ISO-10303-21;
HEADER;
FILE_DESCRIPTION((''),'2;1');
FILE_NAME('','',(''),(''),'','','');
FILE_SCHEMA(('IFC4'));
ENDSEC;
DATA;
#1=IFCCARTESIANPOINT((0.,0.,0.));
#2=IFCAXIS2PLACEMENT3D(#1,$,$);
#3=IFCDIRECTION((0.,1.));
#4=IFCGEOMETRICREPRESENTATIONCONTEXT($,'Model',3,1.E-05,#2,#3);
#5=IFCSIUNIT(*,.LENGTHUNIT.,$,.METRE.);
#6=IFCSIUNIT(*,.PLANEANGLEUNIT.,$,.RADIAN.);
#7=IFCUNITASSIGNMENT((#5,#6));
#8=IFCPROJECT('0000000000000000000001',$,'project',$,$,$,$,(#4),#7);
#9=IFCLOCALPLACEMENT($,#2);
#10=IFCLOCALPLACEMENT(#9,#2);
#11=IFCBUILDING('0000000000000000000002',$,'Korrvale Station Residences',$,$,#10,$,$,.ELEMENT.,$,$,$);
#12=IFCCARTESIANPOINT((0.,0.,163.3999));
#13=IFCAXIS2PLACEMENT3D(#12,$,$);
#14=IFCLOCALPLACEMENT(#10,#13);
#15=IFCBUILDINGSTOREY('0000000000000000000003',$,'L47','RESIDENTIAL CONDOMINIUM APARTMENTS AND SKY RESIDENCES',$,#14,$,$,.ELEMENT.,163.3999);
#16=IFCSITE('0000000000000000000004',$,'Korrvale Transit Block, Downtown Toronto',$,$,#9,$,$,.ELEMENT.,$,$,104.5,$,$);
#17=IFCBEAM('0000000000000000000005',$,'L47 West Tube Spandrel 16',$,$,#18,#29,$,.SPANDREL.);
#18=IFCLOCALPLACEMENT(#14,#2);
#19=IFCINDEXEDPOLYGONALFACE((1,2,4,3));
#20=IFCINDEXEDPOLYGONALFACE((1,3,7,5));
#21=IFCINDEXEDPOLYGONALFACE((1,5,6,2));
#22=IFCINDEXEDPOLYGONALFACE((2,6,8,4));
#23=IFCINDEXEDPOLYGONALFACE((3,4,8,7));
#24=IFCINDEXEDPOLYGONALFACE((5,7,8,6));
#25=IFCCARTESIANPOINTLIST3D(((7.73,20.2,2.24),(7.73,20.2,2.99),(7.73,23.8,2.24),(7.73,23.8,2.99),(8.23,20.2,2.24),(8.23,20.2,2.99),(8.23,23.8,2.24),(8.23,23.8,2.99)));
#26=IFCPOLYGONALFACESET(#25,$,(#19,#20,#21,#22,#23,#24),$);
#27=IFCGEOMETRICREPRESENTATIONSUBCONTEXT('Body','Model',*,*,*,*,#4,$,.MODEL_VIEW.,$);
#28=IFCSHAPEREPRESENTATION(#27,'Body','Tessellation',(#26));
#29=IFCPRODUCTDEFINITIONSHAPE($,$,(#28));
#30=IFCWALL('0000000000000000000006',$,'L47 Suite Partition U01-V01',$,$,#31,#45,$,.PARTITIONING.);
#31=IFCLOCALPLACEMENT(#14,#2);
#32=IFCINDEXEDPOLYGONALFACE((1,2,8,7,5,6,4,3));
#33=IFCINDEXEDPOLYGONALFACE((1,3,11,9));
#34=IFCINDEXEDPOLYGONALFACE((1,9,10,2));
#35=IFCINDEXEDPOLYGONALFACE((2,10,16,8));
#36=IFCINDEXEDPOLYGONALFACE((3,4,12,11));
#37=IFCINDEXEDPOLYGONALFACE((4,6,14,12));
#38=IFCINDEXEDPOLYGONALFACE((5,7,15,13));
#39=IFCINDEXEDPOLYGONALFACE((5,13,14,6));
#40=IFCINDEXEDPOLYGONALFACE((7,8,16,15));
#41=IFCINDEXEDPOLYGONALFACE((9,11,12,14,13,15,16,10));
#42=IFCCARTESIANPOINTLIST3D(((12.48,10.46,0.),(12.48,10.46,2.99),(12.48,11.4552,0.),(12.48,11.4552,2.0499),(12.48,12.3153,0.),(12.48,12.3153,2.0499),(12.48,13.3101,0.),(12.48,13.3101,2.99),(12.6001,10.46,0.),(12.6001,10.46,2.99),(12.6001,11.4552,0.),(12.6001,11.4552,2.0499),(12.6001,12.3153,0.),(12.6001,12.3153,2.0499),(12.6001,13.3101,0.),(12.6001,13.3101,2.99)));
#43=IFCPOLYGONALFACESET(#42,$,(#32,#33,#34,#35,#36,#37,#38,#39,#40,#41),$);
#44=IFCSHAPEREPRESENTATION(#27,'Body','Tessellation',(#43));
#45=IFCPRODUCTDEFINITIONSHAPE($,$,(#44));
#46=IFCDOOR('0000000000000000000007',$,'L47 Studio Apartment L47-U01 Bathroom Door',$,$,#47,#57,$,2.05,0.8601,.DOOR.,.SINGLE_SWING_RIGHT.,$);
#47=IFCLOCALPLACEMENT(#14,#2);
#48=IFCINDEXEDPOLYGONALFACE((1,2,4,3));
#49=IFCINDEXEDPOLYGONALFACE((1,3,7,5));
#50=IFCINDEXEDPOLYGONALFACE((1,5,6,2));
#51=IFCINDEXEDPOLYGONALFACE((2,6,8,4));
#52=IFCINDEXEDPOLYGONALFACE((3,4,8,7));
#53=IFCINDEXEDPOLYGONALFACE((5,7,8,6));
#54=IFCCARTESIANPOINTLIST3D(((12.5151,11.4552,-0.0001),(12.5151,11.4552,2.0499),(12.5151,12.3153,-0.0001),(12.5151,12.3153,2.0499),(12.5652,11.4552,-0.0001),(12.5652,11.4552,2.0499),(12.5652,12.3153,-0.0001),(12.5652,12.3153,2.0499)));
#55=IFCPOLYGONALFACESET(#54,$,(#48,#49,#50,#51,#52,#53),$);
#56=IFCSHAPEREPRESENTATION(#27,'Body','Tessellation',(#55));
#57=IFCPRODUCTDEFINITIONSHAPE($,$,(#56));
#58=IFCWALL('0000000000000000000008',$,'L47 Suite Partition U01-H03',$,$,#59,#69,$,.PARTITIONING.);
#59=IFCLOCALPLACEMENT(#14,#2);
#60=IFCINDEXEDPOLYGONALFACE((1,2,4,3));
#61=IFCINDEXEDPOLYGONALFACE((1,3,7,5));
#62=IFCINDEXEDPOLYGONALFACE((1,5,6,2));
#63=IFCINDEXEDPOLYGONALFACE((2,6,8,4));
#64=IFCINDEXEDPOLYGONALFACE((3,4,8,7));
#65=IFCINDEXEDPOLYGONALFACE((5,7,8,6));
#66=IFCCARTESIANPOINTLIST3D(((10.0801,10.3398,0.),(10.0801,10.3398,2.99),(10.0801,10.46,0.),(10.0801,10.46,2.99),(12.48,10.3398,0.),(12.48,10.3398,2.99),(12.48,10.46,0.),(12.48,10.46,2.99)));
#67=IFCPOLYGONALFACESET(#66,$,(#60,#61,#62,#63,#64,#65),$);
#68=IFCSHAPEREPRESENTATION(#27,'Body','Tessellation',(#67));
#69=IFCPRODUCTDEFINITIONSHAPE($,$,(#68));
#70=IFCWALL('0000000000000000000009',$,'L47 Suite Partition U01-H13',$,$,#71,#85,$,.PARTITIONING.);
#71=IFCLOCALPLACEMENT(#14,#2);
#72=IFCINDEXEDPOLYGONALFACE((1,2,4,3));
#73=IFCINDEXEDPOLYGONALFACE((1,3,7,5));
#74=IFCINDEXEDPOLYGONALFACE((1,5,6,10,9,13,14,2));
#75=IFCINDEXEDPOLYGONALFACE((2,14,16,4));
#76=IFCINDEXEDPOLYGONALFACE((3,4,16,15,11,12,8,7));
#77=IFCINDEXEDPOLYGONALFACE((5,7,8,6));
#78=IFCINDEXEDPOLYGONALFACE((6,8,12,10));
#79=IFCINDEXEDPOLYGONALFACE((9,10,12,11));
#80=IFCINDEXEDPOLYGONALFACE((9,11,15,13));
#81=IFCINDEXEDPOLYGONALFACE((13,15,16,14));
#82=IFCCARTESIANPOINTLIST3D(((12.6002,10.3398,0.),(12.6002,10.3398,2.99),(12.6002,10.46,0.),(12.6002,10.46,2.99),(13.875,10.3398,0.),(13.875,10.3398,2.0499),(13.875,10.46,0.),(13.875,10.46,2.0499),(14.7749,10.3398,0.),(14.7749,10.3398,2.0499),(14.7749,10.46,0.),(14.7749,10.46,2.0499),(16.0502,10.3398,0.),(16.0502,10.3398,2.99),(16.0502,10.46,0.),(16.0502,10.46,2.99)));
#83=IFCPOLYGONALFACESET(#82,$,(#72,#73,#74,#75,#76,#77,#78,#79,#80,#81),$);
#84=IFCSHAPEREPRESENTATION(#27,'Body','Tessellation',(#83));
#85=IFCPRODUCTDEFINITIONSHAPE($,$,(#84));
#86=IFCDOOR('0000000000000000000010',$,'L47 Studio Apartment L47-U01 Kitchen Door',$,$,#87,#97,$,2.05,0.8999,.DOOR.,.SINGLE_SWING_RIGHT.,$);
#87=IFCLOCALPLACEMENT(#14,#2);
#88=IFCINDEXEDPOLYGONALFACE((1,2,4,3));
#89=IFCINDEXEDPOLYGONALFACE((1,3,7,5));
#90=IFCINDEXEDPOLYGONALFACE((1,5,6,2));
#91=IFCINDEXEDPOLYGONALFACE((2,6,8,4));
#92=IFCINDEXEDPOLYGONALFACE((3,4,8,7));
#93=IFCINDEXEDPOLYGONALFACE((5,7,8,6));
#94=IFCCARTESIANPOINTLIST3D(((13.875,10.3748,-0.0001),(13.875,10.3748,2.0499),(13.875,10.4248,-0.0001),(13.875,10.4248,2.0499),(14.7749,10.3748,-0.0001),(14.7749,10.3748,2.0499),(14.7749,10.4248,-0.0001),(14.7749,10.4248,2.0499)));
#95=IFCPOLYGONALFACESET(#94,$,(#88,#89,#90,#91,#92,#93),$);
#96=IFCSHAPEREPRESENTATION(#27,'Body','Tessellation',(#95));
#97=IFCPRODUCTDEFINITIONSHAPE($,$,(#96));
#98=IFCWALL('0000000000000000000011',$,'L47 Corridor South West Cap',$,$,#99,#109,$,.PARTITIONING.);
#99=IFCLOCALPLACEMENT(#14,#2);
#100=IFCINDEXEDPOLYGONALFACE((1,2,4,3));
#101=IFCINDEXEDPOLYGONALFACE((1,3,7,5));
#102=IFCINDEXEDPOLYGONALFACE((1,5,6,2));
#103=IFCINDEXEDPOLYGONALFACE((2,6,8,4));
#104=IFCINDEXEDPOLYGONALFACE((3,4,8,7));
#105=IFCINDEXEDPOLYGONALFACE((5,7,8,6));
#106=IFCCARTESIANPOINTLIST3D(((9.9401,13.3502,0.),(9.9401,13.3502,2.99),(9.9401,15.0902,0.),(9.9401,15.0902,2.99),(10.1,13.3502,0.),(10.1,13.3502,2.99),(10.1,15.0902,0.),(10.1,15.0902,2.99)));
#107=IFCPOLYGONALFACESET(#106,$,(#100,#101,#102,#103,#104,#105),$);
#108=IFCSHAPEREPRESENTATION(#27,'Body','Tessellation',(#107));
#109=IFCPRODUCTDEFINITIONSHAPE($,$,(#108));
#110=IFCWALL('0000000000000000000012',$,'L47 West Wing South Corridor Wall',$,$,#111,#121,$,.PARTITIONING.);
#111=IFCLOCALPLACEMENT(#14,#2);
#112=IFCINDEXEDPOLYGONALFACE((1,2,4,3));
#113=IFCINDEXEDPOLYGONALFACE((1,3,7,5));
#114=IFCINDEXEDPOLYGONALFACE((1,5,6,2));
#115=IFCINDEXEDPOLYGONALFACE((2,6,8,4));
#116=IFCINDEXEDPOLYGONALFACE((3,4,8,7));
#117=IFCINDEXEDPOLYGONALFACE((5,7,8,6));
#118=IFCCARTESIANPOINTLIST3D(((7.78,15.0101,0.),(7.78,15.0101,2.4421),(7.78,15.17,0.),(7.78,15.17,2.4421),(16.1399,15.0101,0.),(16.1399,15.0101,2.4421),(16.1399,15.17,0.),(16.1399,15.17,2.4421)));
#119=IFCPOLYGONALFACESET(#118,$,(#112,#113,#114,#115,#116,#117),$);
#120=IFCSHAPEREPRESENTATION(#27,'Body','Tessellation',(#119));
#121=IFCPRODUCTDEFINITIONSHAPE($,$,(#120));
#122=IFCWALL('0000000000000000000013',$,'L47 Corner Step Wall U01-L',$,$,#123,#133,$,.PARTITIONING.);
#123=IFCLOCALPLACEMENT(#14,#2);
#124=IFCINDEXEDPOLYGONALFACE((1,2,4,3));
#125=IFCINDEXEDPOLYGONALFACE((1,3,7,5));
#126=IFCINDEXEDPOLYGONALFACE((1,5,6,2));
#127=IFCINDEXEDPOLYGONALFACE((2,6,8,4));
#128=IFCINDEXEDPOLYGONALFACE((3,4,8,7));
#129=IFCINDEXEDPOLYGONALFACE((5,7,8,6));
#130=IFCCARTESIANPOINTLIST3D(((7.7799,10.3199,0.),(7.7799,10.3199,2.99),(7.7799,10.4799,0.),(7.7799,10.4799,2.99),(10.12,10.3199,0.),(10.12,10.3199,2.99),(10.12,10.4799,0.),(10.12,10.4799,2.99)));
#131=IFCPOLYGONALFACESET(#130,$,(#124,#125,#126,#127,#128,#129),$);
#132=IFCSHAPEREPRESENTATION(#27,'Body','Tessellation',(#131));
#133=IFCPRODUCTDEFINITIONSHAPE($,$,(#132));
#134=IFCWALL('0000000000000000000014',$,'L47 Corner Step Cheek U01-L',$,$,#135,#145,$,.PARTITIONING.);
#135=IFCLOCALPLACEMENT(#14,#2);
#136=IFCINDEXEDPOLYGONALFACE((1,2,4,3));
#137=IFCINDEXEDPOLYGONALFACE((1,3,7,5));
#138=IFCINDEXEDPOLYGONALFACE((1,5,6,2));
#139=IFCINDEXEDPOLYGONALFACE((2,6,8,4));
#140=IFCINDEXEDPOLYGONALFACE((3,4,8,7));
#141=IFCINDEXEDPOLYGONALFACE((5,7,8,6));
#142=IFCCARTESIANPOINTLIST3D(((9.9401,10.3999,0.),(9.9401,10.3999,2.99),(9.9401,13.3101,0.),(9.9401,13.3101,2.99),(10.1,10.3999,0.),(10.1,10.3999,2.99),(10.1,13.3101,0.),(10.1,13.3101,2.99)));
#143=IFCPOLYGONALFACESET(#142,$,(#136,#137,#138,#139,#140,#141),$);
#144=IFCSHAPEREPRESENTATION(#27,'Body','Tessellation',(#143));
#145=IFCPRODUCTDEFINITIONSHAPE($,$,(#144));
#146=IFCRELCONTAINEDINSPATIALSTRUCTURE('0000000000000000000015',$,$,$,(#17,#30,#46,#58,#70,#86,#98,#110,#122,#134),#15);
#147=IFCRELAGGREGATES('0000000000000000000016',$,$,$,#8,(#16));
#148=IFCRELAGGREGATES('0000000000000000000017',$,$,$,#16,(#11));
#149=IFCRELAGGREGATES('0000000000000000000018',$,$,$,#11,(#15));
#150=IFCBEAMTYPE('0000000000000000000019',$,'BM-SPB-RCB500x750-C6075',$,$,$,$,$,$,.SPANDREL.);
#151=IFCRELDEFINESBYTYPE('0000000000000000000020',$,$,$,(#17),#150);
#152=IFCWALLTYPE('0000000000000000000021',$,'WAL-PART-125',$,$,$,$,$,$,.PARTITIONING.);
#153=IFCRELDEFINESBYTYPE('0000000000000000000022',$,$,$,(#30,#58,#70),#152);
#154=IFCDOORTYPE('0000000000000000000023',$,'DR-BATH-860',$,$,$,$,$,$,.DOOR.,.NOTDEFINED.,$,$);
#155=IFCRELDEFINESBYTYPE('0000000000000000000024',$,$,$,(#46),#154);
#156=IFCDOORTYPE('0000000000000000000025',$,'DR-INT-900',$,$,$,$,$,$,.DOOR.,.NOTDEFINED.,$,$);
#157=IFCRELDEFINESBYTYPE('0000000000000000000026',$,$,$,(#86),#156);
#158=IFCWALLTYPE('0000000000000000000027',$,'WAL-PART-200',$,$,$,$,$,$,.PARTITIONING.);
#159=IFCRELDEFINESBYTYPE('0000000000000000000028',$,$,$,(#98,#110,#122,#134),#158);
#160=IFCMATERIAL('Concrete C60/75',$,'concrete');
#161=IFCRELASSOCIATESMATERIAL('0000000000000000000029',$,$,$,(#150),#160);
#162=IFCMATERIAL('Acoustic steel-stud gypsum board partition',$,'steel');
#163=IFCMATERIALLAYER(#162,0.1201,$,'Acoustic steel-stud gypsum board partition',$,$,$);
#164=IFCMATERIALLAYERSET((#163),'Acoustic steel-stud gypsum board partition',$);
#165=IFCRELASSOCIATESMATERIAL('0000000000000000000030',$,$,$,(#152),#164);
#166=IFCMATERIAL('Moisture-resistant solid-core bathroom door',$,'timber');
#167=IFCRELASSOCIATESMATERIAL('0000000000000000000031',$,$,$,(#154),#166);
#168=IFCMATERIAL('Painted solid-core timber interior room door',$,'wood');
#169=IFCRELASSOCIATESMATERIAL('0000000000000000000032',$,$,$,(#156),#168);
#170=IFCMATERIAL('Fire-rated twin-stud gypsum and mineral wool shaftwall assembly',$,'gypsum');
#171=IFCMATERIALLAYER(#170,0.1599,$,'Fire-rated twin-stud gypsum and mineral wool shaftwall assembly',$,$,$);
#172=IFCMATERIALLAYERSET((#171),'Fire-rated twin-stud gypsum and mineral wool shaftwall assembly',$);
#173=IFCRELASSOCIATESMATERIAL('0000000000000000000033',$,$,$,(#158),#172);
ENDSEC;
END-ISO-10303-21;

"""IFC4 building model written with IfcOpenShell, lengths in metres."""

from ifc_helpers import new_model, si_unit, direction, frame, frame_2d, origin, origin_2d, place, context, subcontext, project, spatial, rectangle, extrude, material, layer, layer_set, material_profile, profile_set, type_object, element, fill, save


model = new_model("IFC4")

# Units and contexts
model_context = context("Model", 3, precision=1e-05, world=origin(), true_north=direction((0.0, 1.0)))
body_context = subcontext(model_context, "Body", "Model", "MODEL_VIEW")
ifc_project = project(units=[si_unit("LENGTHUNIT", "METRE"), si_unit("PLANEANGLEUNIT", "RADIAN")], contexts=[model_context])

# Site, building, storey
site_placement = place(None, origin())
site = spatial("IfcSite", under=ifc_project, at=site_placement, Name="Korrvale Transit Block, Downtown Toronto", CompositionType="ELEMENT", RefElevation=104.5)
building_placement = place(site_placement, origin())
building = spatial("IfcBuilding", under=site, at=building_placement, Name="Korrvale Station Residences", CompositionType="ELEMENT")
storey_placement = place(building_placement, frame((0.0, 0.0, 163.3999)))
storey = spatial("IfcBuildingStorey", under=building, at=storey_placement, Name="L47", Description="RESIDENTIAL CONDOMINIUM APARTMENTS AND SKY RESIDENCES", CompositionType="ELEMENT", Elevation=163.3999)

# Shared definitions
ifc_material_1 = material(Name="Concrete C60/75", Category="concrete")

# Beam
ifc_material_profile_1 = material_profile(ifc_material_1, rectangle(XDim=0.5, YDim=0.75, at=origin_2d()), Name="RCB500x750")
ifc_profile_set_1 = profile_set([ifc_material_profile_1], Name="Concrete C60/75")
beam_type_1 = type_object("IfcBeamType", Name="BM-SPB-RCB500x750-C6075", PredefinedType="SPANDREL", material=ifc_profile_set_1)
beam_1_placement = place(storey_placement, frame((7.98, 20.2, 2.615), z_axis=(0.0, 1.0, 0.0), x_axis=(-1.0, 0.0, 0.0)))
element("IfcBeam", 1, at=beam_1_placement, inside=storey, type_object=beam_type_1, Name="L47 West Tube Spandrel 16", PredefinedType="SPANDREL", context=body_context, shape_type="SweptSolid", body=[
    extrude(rectangle(XDim=0.5, YDim=0.75, at=origin_2d()), origin(), (0.0, 0.0, 1.0), 3.6001),
])

# Wall, opening, door
ifc_material_2 = material(Name="Acoustic steel-stud gypsum board partition", Category="steel")
ifc_layer_1 = layer(ifc_material_2, 0.1201, Name="Acoustic steel-stud gypsum board partition")
ifc_layer_set_1 = layer_set([ifc_layer_1], Name="Acoustic steel-stud gypsum board partition")
wall_type_1 = type_object("IfcWallType", Name="WAL-PART-125", PredefinedType="PARTITIONING", material=ifc_layer_set_1)
wall_1_placement = place(storey_placement, frame((12.54, 10.46, 0.0), z_axis=(0.0, 0.0, 1.0), x_axis=(0.0, 1.0, 0.0)))
wall_1 = element("IfcWall", 2, at=wall_1_placement, inside=storey, type_object=wall_type_1, Name="L47 Suite Partition U01-V01", PredefinedType="PARTITIONING", context=body_context, shape_type="SweptSolid", body=[
    extrude(rectangle(XDim=2.8501, YDim=0.1201, at=frame_2d((1.425, 0.0))), origin(), (0.0, 0.0, 1.0), 2.99),
])
opening_1_placement = place(wall_1_placement, frame((0.9951, 0.0, 0.0)))
opening_1 = element("IfcOpeningElement", 3, at=opening_1_placement, cuts=wall_1, PredefinedType="OPENING", context=body_context, shape_type="SweptSolid", body=[
    extrude(rectangle(XDim=0.8601, YDim=2.05, at=frame_2d((0.4302, 1.0249))), frame((0.0, 0.0701, 0.0), z_axis=(0.0, -1.0, 0.0), x_axis=(1.0, 0.0, 0.0)), (0.0, 0.0, 1.0), 0.1401),
])
ifc_material_3 = material(Name="Moisture-resistant solid-core bathroom door", Category="timber")
door_type_1 = type_object("IfcDoorType", Name="DR-BATH-860", OperationType="NOTDEFINED", PredefinedType="DOOR", material=ifc_material_3)
door_1_placement = place(opening_1_placement, origin())
door_1 = element("IfcDoor", 4, at=door_1_placement, inside=storey, type_object=door_type_1, Name="L47 Studio Apartment L47-U01 Bathroom Door", OperationType="SINGLE_SWING_RIGHT", OverallHeight=2.05, OverallWidth=0.8601, PredefinedType="DOOR", context=body_context, shape_type="SweptSolid", body=[
    extrude(rectangle(XDim=0.8601, YDim=2.05, at=frame_2d((0.4302, 1.0249))), frame((0.0, 0.0249, 0.0), z_axis=(0.0, -1.0, 0.0), x_axis=(1.0, 0.0, 0.0)), (0.0, 0.0, 1.0), 0.05),
])
fill(opening_1, door_1)

# Wall
wall_2_placement = place(storey_placement, frame((10.0801, 10.3999, 0.0), z_axis=(0.0, 0.0, 1.0), x_axis=(1.0, 0.0, 0.0)))
element("IfcWall", 5, at=wall_2_placement, inside=storey, type_object=wall_type_1, Name="L47 Suite Partition U01-H03", PredefinedType="PARTITIONING", context=body_context, shape_type="SweptSolid", body=[
    extrude(rectangle(XDim=2.3999, YDim=0.1201, at=frame_2d((1.2, 0.0))), origin(), (0.0, 0.0, 1.0), 2.99),
])

# Wall, opening, door
wall_3_placement = place(storey_placement, frame((12.6001, 10.3999, 0.0), z_axis=(0.0, 0.0, 1.0), x_axis=(1.0, 0.0, 0.0)))
wall_3 = element("IfcWall", 6, at=wall_3_placement, inside=storey, type_object=wall_type_1, Name="L47 Suite Partition U01-H13", PredefinedType="PARTITIONING", context=body_context, shape_type="SweptSolid", body=[
    extrude(rectangle(XDim=3.45, YDim=0.1201, at=frame_2d((1.7251, 0.0))), origin(), (0.0, 0.0, 1.0), 2.99),
])
opening_2_placement = place(wall_3_placement, frame((1.2749, 0.0, 0.0)))
opening_2 = element("IfcOpeningElement", 7, at=opening_2_placement, cuts=wall_3, PredefinedType="OPENING", context=body_context, shape_type="SweptSolid", body=[
    extrude(rectangle(XDim=0.8999, YDim=2.05, at=frame_2d((0.45, 1.0249))), frame((0.0, 0.0701, 0.0), z_axis=(0.0, -1.0, 0.0), x_axis=(1.0, 0.0, 0.0)), (0.0, 0.0, 1.0), 0.1401),
])
ifc_material_4 = material(Name="Painted solid-core timber interior room door", Category="wood")
door_type_2 = type_object("IfcDoorType", Name="DR-INT-900", OperationType="NOTDEFINED", PredefinedType="DOOR", material=ifc_material_4)
door_2_placement = place(opening_2_placement, origin())
door_2 = element("IfcDoor", 8, at=door_2_placement, inside=storey, type_object=door_type_2, Name="L47 Studio Apartment L47-U01 Kitchen Door", OperationType="SINGLE_SWING_RIGHT", OverallHeight=2.05, OverallWidth=0.8999, PredefinedType="DOOR", context=body_context, shape_type="SweptSolid", body=[
    extrude(rectangle(XDim=0.8999, YDim=2.05, at=frame_2d((0.45, 1.0249))), frame((0.0, 0.0249, 0.0), z_axis=(0.0, -1.0, 0.0), x_axis=(1.0, 0.0, 0.0)), (0.0, 0.0, 1.0), 0.05),
])
fill(opening_2, door_2)

# Walls
ifc_material_5 = material(Name="Fire-rated twin-stud gypsum and mineral wool shaftwall assembly", Category="gypsum")
ifc_layer_2 = layer(ifc_material_5, 0.1599, Name="Fire-rated twin-stud gypsum and mineral wool shaftwall assembly")
ifc_layer_set_2 = layer_set([ifc_layer_2], Name="Fire-rated twin-stud gypsum and mineral wool shaftwall assembly")
wall_type_2 = type_object("IfcWallType", Name="WAL-PART-200", PredefinedType="PARTITIONING", material=ifc_layer_set_2)
wall_4_placement = place(storey_placement, frame((10.02, 13.3501, 0.0), z_axis=(0.0, 0.0, 1.0), x_axis=(0.0, 1.0, 0.0)))
element("IfcWall", 9, at=wall_4_placement, inside=storey, type_object=wall_type_2, Name="L47 Corridor South West Cap", PredefinedType="PARTITIONING", context=body_context, shape_type="SweptSolid", body=[
    extrude(rectangle(XDim=1.74, YDim=0.1599, at=frame_2d((0.8701, 0.0))), origin(), (0.0, 0.0, 1.0), 2.99),
])
wall_5_placement = place(storey_placement, frame((7.78, 15.0901, 0.0), z_axis=(0.0, 0.0, 1.0), x_axis=(1.0, 0.0, 0.0)))
element("IfcWall", 10, at=wall_5_placement, inside=storey, type_object=wall_type_2, Name="L47 West Wing South Corridor Wall", PredefinedType="PARTITIONING", context=body_context, shape_type="SweptSolid", body=[
    extrude(rectangle(XDim=8.3599, YDim=0.1599, at=frame_2d((4.1799, 0.0))), origin(), (0.0, 0.0, 1.0), 2.4421),
])
wall_6_placement = place(storey_placement, frame((7.78, 10.3999, 0.0), z_axis=(0.0, 0.0, 1.0), x_axis=(1.0, 0.0, 0.0)))
element("IfcWall", 11, at=wall_6_placement, inside=storey, type_object=wall_type_2, Name="L47 Corner Step Wall U01-L", PredefinedType="PARTITIONING", context=body_context, shape_type="SweptSolid", body=[
    extrude(rectangle(XDim=2.3401, YDim=0.1599, at=frame_2d((1.1699, 0.0))), origin(), (0.0, 0.0, 1.0), 2.99),
])
wall_7_placement = place(storey_placement, frame((10.02, 10.3999, 0.0), z_axis=(0.0, 0.0, 1.0), x_axis=(0.0, 1.0, 0.0)))
element("IfcWall", 12, at=wall_7_placement, inside=storey, type_object=wall_type_2, Name="L47 Corner Step Cheek U01-L", PredefinedType="PARTITIONING", context=body_context, shape_type="SweptSolid", body=[
    extrude(rectangle(XDim=2.9102, YDim=0.1599, at=frame_2d((1.4551, 0.0))), origin(), (0.0, 0.0, 1.0), 2.99),
])

save(model, "model.ifc")
